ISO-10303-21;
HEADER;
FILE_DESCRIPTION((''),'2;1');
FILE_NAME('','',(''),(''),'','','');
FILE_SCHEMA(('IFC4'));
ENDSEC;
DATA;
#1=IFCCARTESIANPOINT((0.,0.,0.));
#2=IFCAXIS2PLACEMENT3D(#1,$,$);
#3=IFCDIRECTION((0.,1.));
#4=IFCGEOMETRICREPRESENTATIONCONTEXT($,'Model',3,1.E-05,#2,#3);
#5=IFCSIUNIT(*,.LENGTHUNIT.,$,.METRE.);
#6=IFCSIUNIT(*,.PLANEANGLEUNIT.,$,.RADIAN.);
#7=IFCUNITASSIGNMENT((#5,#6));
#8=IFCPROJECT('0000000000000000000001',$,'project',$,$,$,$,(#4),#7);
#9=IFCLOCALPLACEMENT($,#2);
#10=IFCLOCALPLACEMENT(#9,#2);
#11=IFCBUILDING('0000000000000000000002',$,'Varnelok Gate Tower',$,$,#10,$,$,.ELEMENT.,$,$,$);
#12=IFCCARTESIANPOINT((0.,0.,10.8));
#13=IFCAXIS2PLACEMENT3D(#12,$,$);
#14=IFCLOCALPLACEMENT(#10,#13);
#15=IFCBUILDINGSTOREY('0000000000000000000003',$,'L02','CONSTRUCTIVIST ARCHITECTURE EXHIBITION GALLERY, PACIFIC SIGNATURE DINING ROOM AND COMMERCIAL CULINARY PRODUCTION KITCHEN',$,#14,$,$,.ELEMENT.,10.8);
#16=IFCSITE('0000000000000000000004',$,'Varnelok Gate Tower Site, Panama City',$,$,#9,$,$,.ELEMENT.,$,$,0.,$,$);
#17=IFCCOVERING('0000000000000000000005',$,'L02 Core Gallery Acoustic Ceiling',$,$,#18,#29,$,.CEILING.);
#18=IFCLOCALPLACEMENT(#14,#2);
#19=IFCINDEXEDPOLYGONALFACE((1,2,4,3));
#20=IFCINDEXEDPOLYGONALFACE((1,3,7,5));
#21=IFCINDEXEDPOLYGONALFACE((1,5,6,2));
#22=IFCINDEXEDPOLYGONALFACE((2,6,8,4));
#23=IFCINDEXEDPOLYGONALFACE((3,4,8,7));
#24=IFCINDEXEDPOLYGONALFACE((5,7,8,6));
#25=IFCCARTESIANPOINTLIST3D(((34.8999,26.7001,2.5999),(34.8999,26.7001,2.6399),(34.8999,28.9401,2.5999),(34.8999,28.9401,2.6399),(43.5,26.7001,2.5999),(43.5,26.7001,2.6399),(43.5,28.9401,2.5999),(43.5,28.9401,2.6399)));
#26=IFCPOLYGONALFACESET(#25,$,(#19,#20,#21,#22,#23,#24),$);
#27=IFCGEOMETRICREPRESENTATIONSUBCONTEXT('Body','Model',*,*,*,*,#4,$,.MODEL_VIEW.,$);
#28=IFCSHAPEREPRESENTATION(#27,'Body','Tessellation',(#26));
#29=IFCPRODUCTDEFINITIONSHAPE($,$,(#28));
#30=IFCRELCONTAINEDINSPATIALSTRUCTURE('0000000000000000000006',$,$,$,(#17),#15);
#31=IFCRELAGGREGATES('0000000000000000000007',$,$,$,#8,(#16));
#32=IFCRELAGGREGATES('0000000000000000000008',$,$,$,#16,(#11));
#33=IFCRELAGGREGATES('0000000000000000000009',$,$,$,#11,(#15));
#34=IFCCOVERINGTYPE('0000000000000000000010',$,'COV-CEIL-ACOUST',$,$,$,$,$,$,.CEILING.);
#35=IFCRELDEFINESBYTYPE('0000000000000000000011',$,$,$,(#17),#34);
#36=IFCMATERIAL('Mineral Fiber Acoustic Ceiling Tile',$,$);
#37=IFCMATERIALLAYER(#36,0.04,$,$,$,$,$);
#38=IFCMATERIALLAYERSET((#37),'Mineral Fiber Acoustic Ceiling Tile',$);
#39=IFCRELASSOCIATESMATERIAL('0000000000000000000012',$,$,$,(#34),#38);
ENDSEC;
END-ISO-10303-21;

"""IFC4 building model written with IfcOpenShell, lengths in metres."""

from ifc_helpers import new_model, si_unit, direction, frame, origin, origin_2d, place, context, subcontext, project, spatial, rectangle, extrude, source, transform, mapped, material, layer, layer_set, type_object, element, save


model = new_model("IFC4")

# Units and contexts
model_context = context("Model", 3, precision=1e-05, world=origin(), true_north=direction((0.0, 1.0)))
body_context = subcontext(model_context, "Body", "Model", "MODEL_VIEW")
ifc_project = project(units=[si_unit("LENGTHUNIT", "METRE"), si_unit("PLANEANGLEUNIT", "RADIAN")], contexts=[model_context])

# Site, building, storey
site_placement = place(None, origin())
site = spatial("IfcSite", under=ifc_project, at=site_placement, Name="Varnelok Gate Tower Site, Panama City", CompositionType="ELEMENT", RefElevation=0.0)
building_placement = place(site_placement, origin())
building = spatial("IfcBuilding", under=site, at=building_placement, Name="Varnelok Gate Tower", CompositionType="ELEMENT")
storey_placement = place(building_placement, frame((0.0, 0.0, 10.8)))
storey = spatial("IfcBuildingStorey", under=building, at=storey_placement, Name="L02", Description="CONSTRUCTIVIST ARCHITECTURE EXHIBITION GALLERY, PACIFIC SIGNATURE DINING ROOM AND COMMERCIAL CULINARY PRODUCTION KITCHEN", CompositionType="ELEMENT", Elevation=10.8)

# Covering
ifc_material_1 = material(Name="Mineral Fiber Acoustic Ceiling Tile")
ifc_layer_1 = layer(ifc_material_1, 0.04)
ifc_layer_set_1 = layer_set([ifc_layer_1], Name="Mineral Fiber Acoustic Ceiling Tile")
covering_type_1 = type_object("IfcCoveringType", Name="COV-CEIL-ACOUST", PredefinedType="CEILING", material=ifc_layer_set_1)
shared_shape_1 = source(origin(), body_context, "Body", "SweptSolid", [
    extrude(rectangle(XDim=8.6001, YDim=2.24, at=origin_2d()), origin(), (0.0, 0.0, 1.0), 0.04),
])
covering_1_placement = place(storey_placement, frame((39.2, 27.8201, 2.5999), z_axis=(0.0, 0.0, 1.0), x_axis=(1.0, 0.0, 0.0)))
element("IfcCovering", 1, at=covering_1_placement, inside=storey, type_object=covering_type_1, Name="L02 Core Gallery Acoustic Ceiling", PredefinedType="CEILING", context=body_context, shape_type="MappedRepresentation", body=[
    mapped(shared_shape_1, transform((0.0, 0.0, 0.0), scale=1.0)),
])

save(model, "model.ifc")
